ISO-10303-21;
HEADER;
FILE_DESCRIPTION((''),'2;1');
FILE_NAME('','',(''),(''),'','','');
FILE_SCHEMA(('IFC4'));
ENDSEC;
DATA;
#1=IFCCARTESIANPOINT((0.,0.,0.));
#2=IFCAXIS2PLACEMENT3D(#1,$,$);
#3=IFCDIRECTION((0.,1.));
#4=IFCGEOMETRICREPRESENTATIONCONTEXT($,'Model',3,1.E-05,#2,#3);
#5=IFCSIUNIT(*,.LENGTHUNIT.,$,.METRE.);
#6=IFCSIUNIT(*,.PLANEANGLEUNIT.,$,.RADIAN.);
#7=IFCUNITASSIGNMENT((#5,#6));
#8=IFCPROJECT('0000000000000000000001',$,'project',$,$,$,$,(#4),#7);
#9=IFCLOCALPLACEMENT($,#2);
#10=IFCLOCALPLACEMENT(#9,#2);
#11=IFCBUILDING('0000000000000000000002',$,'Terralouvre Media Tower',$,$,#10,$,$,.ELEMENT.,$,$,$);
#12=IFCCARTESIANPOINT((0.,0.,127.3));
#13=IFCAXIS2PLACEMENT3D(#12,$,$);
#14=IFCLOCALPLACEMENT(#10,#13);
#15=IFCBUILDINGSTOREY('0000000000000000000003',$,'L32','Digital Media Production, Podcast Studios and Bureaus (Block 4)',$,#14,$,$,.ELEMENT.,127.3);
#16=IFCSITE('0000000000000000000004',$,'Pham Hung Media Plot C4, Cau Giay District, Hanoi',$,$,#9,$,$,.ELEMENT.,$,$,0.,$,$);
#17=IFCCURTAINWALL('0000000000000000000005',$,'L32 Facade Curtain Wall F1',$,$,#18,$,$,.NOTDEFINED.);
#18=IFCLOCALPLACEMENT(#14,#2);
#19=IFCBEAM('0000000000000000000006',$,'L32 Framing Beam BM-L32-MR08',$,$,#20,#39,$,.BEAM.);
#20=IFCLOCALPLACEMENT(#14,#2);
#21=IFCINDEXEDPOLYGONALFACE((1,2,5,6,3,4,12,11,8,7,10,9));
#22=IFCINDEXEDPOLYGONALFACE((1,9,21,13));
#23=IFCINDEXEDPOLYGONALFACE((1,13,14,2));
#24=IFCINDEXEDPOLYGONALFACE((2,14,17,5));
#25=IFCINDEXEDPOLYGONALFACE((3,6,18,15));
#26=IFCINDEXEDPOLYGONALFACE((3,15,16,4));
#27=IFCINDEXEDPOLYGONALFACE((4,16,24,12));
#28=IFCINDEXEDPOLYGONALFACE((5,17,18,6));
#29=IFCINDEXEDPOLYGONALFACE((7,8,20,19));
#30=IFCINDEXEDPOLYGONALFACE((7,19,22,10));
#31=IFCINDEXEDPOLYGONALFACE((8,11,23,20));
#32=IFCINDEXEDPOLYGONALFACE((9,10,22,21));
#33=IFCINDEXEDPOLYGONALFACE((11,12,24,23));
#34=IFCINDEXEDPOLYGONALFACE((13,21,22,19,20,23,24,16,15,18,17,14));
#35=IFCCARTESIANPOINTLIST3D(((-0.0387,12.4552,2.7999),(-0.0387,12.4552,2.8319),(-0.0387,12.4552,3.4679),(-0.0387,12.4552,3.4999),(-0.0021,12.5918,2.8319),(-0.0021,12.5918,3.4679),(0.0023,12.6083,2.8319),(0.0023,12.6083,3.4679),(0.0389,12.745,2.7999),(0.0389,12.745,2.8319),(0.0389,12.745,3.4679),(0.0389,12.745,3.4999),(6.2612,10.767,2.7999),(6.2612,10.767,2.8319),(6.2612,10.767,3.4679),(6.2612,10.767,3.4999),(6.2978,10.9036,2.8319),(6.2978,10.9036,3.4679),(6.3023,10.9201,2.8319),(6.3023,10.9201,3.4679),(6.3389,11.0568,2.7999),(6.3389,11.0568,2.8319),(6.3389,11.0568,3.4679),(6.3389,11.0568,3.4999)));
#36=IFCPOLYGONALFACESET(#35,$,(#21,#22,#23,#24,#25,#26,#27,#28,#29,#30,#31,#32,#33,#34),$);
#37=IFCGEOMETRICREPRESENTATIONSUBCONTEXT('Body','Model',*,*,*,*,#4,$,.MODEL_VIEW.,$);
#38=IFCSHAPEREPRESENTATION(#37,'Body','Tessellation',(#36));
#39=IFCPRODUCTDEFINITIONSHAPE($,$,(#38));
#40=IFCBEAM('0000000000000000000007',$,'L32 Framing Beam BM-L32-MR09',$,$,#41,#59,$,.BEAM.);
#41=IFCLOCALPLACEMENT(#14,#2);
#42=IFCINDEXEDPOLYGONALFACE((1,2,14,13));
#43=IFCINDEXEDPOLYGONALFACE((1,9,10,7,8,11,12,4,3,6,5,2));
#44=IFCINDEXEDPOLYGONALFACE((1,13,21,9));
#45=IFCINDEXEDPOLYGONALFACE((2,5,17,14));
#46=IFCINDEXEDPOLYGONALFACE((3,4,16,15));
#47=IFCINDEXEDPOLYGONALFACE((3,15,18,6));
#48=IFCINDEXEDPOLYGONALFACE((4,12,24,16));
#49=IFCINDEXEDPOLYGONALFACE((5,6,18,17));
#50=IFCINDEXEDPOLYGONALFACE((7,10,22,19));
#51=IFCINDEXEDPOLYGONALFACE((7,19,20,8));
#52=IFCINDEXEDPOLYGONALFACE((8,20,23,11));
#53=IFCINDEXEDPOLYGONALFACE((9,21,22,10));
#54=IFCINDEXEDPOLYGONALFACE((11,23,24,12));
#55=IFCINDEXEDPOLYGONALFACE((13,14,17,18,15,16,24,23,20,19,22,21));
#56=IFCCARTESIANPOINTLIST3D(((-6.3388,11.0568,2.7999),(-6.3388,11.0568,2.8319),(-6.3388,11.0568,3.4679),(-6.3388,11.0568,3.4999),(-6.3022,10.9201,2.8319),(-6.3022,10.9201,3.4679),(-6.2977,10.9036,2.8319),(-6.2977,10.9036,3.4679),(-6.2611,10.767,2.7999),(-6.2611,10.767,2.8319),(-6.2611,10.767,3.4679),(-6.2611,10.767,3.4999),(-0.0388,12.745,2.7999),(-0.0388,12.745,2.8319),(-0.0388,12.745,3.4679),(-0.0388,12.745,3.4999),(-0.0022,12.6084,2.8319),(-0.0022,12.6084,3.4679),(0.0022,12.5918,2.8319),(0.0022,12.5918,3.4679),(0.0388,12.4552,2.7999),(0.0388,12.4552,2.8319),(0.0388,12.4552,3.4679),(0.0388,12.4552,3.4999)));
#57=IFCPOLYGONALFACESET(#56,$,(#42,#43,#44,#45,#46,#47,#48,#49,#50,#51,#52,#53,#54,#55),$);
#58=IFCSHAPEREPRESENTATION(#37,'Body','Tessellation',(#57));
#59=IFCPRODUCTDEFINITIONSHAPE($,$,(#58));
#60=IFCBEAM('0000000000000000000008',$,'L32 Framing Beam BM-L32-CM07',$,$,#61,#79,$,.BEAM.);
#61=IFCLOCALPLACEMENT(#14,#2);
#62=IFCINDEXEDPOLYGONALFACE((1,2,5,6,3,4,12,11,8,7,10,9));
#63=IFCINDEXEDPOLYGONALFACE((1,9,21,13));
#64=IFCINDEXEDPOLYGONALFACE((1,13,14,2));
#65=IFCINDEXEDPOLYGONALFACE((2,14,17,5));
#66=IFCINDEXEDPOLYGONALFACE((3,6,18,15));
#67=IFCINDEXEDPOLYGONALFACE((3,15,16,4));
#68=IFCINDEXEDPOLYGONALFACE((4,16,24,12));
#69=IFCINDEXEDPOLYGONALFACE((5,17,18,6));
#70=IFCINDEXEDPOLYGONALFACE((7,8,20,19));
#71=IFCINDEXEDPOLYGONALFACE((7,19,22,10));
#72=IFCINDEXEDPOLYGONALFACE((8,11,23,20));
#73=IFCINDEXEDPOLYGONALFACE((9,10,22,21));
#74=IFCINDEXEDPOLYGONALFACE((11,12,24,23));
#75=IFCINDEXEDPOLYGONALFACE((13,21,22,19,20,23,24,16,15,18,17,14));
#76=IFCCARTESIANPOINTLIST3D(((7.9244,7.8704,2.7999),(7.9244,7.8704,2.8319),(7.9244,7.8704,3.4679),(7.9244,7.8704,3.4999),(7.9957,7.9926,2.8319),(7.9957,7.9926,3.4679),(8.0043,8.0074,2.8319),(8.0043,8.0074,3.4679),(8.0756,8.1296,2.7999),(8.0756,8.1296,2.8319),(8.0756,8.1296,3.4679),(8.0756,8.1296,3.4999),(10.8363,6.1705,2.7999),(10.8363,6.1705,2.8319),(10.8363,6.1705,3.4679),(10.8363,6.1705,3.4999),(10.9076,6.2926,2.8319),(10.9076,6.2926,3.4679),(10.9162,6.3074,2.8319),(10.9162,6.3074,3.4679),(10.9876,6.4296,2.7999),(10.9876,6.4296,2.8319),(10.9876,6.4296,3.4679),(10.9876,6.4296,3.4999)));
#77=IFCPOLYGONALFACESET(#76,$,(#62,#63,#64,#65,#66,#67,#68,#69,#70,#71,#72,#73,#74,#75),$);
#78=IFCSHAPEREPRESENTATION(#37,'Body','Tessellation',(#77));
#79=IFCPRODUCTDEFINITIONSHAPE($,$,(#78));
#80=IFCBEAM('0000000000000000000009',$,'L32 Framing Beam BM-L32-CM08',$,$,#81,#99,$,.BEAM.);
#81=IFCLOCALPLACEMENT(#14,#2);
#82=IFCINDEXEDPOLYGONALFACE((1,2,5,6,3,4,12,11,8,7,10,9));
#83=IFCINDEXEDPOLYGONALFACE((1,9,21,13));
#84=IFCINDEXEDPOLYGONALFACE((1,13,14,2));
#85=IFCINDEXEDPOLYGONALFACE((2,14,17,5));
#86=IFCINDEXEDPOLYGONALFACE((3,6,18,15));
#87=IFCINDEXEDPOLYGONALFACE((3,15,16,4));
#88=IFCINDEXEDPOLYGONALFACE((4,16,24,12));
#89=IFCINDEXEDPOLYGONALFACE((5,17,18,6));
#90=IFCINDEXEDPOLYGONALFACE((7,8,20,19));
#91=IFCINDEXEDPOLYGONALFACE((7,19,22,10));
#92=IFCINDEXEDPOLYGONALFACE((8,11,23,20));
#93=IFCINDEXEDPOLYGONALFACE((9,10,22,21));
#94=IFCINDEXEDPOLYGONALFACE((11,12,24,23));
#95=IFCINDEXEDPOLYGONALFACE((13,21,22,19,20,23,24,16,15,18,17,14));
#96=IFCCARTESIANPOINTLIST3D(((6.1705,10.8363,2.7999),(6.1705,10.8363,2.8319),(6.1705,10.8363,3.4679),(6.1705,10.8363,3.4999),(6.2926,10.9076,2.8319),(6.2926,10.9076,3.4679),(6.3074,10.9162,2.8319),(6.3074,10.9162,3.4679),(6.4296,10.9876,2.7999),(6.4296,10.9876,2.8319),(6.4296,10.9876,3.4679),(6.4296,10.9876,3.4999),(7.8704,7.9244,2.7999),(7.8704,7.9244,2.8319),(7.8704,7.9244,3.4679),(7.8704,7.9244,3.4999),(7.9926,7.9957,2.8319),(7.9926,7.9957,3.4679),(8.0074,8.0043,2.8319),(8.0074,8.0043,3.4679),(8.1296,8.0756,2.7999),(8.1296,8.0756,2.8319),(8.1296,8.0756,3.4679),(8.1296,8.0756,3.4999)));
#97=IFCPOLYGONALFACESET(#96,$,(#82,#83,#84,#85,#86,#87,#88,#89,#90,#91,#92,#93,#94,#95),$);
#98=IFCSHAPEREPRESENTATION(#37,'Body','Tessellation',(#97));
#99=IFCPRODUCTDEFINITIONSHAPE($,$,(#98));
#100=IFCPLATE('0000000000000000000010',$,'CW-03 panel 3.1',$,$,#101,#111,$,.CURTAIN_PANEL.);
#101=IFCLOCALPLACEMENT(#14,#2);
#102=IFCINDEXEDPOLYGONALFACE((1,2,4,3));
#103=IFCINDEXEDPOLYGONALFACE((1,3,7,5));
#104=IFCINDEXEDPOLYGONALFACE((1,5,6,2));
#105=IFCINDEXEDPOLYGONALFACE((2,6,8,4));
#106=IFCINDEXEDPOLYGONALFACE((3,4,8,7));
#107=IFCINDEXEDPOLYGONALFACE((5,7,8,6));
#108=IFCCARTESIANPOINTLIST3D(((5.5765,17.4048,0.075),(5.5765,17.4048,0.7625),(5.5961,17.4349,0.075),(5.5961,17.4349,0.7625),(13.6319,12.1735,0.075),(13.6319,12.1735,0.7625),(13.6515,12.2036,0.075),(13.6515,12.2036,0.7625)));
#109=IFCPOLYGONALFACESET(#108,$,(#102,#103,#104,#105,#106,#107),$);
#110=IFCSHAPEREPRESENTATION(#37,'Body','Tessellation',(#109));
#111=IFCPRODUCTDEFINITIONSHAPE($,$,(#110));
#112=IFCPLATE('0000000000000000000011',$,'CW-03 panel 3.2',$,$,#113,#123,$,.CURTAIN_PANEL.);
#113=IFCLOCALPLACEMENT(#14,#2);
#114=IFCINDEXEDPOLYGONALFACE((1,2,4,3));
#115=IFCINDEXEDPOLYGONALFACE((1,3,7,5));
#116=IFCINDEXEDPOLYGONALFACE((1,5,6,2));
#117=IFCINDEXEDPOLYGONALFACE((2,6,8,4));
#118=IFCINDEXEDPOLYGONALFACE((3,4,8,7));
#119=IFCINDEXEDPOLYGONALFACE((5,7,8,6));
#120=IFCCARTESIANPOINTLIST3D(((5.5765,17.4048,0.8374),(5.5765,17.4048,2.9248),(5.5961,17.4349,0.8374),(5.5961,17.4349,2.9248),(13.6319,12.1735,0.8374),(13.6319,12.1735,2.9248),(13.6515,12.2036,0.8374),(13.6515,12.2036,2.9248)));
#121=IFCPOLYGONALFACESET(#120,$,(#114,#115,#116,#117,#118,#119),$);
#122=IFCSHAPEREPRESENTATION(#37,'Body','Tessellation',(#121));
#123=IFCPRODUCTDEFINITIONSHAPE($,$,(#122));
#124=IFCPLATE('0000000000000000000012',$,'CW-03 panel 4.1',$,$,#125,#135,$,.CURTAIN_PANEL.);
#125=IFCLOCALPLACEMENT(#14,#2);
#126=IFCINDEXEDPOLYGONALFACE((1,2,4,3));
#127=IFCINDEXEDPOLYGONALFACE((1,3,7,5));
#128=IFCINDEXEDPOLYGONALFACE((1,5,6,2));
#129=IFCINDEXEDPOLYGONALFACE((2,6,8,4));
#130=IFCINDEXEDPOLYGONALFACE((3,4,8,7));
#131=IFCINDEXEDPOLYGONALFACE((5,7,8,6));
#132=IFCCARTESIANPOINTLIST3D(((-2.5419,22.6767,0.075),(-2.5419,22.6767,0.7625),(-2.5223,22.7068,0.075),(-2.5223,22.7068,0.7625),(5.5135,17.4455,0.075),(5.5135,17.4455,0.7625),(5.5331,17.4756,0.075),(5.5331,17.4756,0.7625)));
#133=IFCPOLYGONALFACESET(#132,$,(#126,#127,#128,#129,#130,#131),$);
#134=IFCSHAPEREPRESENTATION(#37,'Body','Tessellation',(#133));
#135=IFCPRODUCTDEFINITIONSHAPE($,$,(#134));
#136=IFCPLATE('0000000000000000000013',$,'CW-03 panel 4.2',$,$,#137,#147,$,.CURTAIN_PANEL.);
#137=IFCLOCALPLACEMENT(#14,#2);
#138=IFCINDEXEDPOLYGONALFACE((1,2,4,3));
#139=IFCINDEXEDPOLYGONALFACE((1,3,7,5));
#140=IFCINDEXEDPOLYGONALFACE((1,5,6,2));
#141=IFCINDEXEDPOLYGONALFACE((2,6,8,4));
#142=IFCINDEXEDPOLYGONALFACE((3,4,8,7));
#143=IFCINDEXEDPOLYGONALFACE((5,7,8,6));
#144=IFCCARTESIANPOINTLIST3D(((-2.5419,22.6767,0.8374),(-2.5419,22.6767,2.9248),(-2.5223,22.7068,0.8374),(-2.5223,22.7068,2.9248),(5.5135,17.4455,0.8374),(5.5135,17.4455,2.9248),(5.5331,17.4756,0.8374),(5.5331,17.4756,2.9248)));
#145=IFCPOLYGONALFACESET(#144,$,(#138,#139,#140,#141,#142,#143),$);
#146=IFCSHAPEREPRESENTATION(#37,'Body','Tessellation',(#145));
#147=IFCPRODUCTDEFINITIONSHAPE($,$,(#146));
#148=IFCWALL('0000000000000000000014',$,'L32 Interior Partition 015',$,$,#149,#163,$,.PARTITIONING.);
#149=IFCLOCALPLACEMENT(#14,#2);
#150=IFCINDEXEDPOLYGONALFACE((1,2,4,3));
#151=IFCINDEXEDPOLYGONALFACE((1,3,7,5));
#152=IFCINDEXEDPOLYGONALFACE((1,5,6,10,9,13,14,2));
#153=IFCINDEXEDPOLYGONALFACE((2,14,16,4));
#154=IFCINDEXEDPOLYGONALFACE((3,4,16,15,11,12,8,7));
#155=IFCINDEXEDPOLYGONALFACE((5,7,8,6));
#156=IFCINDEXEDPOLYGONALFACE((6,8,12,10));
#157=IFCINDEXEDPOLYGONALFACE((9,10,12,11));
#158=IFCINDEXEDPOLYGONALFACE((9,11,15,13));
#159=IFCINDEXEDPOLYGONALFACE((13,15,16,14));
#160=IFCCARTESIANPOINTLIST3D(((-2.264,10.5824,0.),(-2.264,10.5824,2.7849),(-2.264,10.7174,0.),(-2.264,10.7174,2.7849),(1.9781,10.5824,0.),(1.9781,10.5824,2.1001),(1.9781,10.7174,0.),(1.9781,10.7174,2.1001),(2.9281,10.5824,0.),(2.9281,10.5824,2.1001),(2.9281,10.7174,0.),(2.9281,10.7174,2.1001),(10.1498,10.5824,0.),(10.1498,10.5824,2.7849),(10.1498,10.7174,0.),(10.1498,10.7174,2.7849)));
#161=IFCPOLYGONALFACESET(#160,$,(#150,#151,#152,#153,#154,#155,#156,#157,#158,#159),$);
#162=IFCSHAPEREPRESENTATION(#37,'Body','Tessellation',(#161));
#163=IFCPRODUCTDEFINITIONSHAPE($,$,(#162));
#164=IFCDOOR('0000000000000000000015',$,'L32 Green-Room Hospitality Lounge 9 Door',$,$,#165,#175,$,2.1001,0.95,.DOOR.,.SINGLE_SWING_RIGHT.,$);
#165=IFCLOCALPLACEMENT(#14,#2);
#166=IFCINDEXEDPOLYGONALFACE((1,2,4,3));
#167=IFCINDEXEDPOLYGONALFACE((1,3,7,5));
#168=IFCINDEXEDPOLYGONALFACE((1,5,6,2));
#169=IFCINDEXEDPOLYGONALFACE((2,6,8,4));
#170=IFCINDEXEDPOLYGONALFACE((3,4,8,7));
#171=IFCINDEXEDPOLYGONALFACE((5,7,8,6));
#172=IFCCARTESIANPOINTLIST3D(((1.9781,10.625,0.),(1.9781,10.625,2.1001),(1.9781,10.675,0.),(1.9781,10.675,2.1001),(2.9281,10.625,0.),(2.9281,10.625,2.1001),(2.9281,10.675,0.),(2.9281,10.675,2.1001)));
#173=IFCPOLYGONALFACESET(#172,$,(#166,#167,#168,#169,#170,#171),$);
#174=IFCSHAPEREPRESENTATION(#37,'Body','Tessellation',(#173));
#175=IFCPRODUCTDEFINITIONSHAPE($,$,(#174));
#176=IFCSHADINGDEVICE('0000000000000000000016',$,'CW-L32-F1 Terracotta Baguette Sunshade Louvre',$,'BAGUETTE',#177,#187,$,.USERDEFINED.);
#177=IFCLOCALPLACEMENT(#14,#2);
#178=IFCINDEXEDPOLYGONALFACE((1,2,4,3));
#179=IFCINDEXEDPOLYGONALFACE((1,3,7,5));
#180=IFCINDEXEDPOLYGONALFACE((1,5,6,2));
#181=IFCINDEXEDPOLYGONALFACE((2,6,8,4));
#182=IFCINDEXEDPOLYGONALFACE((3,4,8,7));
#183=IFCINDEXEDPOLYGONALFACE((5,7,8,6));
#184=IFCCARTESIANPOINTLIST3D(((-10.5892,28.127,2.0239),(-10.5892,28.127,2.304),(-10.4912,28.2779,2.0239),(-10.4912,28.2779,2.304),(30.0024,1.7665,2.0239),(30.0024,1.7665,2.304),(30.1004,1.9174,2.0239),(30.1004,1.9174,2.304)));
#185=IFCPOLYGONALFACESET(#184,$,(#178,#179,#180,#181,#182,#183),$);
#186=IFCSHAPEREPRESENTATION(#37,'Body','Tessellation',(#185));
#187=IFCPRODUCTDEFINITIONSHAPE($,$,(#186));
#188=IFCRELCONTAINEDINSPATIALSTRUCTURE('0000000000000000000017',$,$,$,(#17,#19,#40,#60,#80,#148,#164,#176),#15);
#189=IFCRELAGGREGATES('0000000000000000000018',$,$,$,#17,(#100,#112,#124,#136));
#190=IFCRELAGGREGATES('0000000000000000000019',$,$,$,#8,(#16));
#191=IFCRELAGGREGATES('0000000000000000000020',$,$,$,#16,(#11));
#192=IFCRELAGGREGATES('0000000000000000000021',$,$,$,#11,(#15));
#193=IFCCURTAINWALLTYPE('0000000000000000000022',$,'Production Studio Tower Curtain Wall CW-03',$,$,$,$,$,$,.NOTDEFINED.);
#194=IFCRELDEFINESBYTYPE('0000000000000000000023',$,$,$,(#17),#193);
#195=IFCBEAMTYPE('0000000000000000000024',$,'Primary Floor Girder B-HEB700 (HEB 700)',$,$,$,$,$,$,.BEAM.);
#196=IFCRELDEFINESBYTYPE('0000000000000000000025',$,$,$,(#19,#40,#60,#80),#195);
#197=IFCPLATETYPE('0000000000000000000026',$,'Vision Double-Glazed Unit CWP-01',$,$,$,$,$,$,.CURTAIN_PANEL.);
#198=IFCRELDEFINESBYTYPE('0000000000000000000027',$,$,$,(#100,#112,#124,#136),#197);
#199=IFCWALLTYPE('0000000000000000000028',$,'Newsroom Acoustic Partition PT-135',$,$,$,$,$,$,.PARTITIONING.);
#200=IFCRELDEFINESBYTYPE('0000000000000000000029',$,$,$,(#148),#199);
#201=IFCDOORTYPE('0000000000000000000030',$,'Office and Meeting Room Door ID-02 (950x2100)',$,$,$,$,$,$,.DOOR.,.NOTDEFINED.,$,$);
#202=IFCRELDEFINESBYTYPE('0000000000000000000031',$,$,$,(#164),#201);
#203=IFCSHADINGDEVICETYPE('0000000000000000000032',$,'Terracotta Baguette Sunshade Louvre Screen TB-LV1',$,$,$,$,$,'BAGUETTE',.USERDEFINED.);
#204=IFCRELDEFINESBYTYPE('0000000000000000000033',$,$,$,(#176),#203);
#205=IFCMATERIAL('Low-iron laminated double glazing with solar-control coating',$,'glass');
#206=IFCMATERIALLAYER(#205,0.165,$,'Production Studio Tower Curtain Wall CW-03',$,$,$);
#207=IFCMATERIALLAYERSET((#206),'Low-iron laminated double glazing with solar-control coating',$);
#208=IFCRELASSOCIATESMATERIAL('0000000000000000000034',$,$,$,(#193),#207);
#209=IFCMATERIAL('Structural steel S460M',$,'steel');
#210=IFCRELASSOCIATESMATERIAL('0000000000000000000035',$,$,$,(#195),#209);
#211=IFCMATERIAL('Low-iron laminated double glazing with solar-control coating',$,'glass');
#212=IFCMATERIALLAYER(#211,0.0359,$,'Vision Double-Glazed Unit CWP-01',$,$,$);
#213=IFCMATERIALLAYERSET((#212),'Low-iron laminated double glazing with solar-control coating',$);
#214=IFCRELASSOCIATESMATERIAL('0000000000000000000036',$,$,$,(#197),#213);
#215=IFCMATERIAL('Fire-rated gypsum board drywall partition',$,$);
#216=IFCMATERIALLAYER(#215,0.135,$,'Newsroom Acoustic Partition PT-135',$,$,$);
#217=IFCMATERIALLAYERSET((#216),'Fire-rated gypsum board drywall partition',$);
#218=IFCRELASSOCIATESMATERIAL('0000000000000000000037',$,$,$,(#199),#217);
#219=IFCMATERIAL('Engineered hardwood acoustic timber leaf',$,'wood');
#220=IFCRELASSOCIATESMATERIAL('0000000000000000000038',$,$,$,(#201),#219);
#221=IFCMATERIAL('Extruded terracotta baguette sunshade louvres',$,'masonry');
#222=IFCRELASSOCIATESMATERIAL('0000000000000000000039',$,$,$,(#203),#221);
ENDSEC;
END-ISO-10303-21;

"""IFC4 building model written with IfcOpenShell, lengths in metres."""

from ifc_helpers import new_model, si_unit, direction, frame, frame_2d, origin, origin_2d, place, context, subcontext, project, spatial, rectangle, i_section, extrude, material, layer, layer_set, material_profile, profile_set, type_object, element, fill, aggregate, save


model = new_model("IFC4")

# Units and contexts
model_context = context("Model", 3, precision=1e-05, world=origin(), true_north=direction((0.0, 1.0)))
body_context = subcontext(model_context, "Body", "Model", "MODEL_VIEW")
ifc_project = project(units=[si_unit("LENGTHUNIT", "METRE"), si_unit("PLANEANGLEUNIT", "RADIAN")], contexts=[model_context])

# Site, building, storey
site_placement = place(None, origin())
site = spatial("IfcSite", under=ifc_project, at=site_placement, Name="Pham Hung Media Plot C4, Cau Giay District, Hanoi", CompositionType="ELEMENT", RefElevation=0.0)
building_placement = place(site_placement, origin())
building = spatial("IfcBuilding", under=site, at=building_placement, Name="Terralouvre Media Tower", CompositionType="ELEMENT")
storey_placement = place(building_placement, frame((0.0, 0.0, 127.3)))
storey = spatial("IfcBuildingStorey", under=building, at=storey_placement, Name="L32", Description="Digital Media Production, Podcast Studios and Bureaus (Block 4)", CompositionType="ELEMENT", Elevation=127.3)

# Curtain wall
ifc_material_1 = material(Name="Low-iron laminated double glazing with solar-control coating", Category="glass")
ifc_layer_1 = layer(ifc_material_1, 0.165, Name="Production Studio Tower Curtain Wall CW-03")
ifc_layer_set_1 = layer_set([ifc_layer_1], Name="Low-iron laminated double glazing with solar-control coating")
curtain_wall_type = type_object("IfcCurtainWallType", Name="Production Studio Tower Curtain Wall CW-03", PredefinedType="NOTDEFINED", material=ifc_layer_set_1)
curtain_wall_placement = place(storey_placement, origin())
curtain_wall = element("IfcCurtainWall", 1, at=curtain_wall_placement, inside=storey, type_object=curtain_wall_type, Name="L32 Facade Curtain Wall F1", PredefinedType="NOTDEFINED")

# Beams
ifc_material_2 = material(Name="Structural steel S460M", Category="steel")
ifc_material_profile_1 = material_profile(ifc_material_2, i_section(OverallWidth=0.3, OverallDepth=0.7, WebThickness=0.0171, FlangeThickness=0.032, at=origin_2d()), Name="HEB 700")
ifc_profile_set_1 = profile_set([ifc_material_profile_1], Name="Structural steel S460M")
beam_type_1 = type_object("IfcBeamType", Name="Primary Floor Girder B-HEB700 (HEB 700)", PredefinedType="BEAM", material=ifc_profile_set_1)
for number, where, z_axis, x_axis, name in (
    (2, (6.3, 10.9119, 3.1499), (-0.96592, 0.258839, 0.0), (-0.258839, -0.96592, 0.0), "L32 Framing Beam BM-L32-MR08"),
    (3, (0.0, 12.6001, 3.1499), (-0.96592, -0.258839, 0.0), (0.258839, -0.96592, 0.0), "L32 Framing Beam BM-L32-MR09"),
):
    element("IfcBeam", number, at=place(storey_placement, frame(where, z_axis=z_axis, x_axis=x_axis)), inside=storey, type_object=beam_type_1, Name=name, PredefinedType="BEAM", context=body_context, shape_type="SweptSolid", body=[
        extrude(i_section(OverallWidth=0.3, OverallDepth=0.7, WebThickness=0.0171, FlangeThickness=0.032, at=origin_2d()), origin(), (0.0, 0.0, 1.0), 6.5222),
    ])
for number, where, z_axis, x_axis, name in (
    (4, (8.0, 8.0, 3.1499), (0.863603, -0.504173, 0.0), (0.504173, 0.863603, 0.0), "L32 Framing Beam BM-L32-CM07"),
    (5, (8.0, 8.0, 3.1499), (-0.504173, 0.863603, 0.0), (-0.863603, -0.504173, 0.0), "L32 Framing Beam BM-L32-CM08"),
):
    element("IfcBeam", number, at=place(storey_placement, frame(where, z_axis=z_axis, x_axis=x_axis)), inside=storey, type_object=beam_type_1, Name=name, PredefinedType="BEAM", context=body_context, shape_type="SweptSolid", body=[
        extrude(i_section(OverallWidth=0.3, OverallDepth=0.7, WebThickness=0.0171, FlangeThickness=0.032, at=origin_2d()), origin(), (0.0, 0.0, 1.0), 3.3718),
    ])

# Plates
ifc_material_3 = material(Name="Low-iron laminated double glazing with solar-control coating", Category="glass")
ifc_layer_2 = layer(ifc_material_3, 0.0359, Name="Vision Double-Glazed Unit CWP-01")
ifc_layer_set_2 = layer_set([ifc_layer_2], Name="Low-iron laminated double glazing with solar-control coating")
plate_type = type_object("IfcPlateType", Name="Vision Double-Glazed Unit CWP-01", PredefinedType="CURTAIN_PANEL", material=ifc_layer_set_2)
plate_1_placement = place(storey_placement, frame((9.614, 14.8042, 0.075), z_axis=(0.0, 0.0, 1.0), x_axis=(-0.838671, 0.544639, 0.0)))
plate_1 = element("IfcPlate", 6, at=plate_1_placement, type_object=plate_type, Name="CW-03 panel 3.1", PredefinedType="CURTAIN_PANEL", context=body_context, shape_type="SweptSolid", body=[
    extrude(rectangle(XDim=9.605, YDim=0.0359, at=origin_2d()), origin(), (0.0, 0.0, 1.0), 0.6875),
])
plate_2_placement = place(storey_placement, frame((9.614, 14.8042, 0.8374), z_axis=(0.0, 0.0, 1.0), x_axis=(-0.838671, 0.544639, 0.0)))
plate_2 = element("IfcPlate", 7, at=plate_2_placement, type_object=plate_type, Name="CW-03 panel 3.2", PredefinedType="CURTAIN_PANEL", context=body_context, shape_type="SweptSolid", body=[
    extrude(rectangle(XDim=9.605, YDim=0.0359, at=origin_2d()), origin(), (0.0, 0.0, 1.0), 2.0874),
])
plate_3_placement = place(storey_placement, frame((1.4956, 20.0762, 0.075), z_axis=(0.0, 0.0, 1.0), x_axis=(-0.838671, 0.544639, 0.0)))
plate_3 = element("IfcPlate", 8, at=plate_3_placement, type_object=plate_type, Name="CW-03 panel 4.1", PredefinedType="CURTAIN_PANEL", context=body_context, shape_type="SweptSolid", body=[
    extrude(rectangle(XDim=9.605, YDim=0.0359, at=origin_2d()), origin(), (0.0, 0.0, 1.0), 0.6875),
])
plate_4_placement = place(storey_placement, frame((1.4956, 20.0762, 0.8374), z_axis=(0.0, 0.0, 1.0), x_axis=(-0.838671, 0.544639, 0.0)))
plate_4 = element("IfcPlate", 9, at=plate_4_placement, type_object=plate_type, Name="CW-03 panel 4.2", PredefinedType="CURTAIN_PANEL", context=body_context, shape_type="SweptSolid", body=[
    extrude(rectangle(XDim=9.605, YDim=0.0359, at=origin_2d()), origin(), (0.0, 0.0, 1.0), 2.0874),
])
aggregate(curtain_wall, [plate_1, plate_2, plate_3, plate_4])

# Wall, opening, door
ifc_material_4 = material(Name="Fire-rated gypsum board drywall partition")
ifc_layer_3 = layer(ifc_material_4, 0.135, Name="Newsroom Acoustic Partition PT-135")
ifc_layer_set_3 = layer_set([ifc_layer_3], Name="Fire-rated gypsum board drywall partition")
wall_type = type_object("IfcWallType", Name="Newsroom Acoustic Partition PT-135", PredefinedType="PARTITIONING", material=ifc_layer_set_3)
wall_placement = place(storey_placement, frame((10.1499, 10.6499, 0.0), z_axis=(0.0, 0.0, 1.0), x_axis=(-1.0, 0.0, 0.0)))
wall = element("IfcWall", 10, at=wall_placement, inside=storey, type_object=wall_type, Name="L32 Interior Partition 015", PredefinedType="PARTITIONING", context=body_context, shape_type="SweptSolid", body=[
    extrude(rectangle(XDim=12.4138, YDim=0.135, at=frame_2d((6.207, 0.0))), origin(), (0.0, 0.0, 1.0), 2.7849),
])
opening_placement = place(wall_placement, frame((7.2217, 0.0, 0.0)))
opening = element("IfcOpeningElement", 11, at=opening_placement, cuts=wall, PredefinedType="OPENING", context=body_context, shape_type="SweptSolid", body=[
    extrude(rectangle(XDim=0.95, YDim=2.1001, at=frame_2d((0.4751, 1.05))), frame((0.0, 0.0774, 0.0), z_axis=(0.0, -1.0, 0.0), x_axis=(1.0, 0.0, 0.0)), (0.0, 0.0, 1.0), 0.155),
])
ifc_material_5 = material(Name="Engineered hardwood acoustic timber leaf", Category="wood")
door_type = type_object("IfcDoorType", Name="Office and Meeting Room Door ID-02 (950x2100)", OperationType="NOTDEFINED", PredefinedType="DOOR", material=ifc_material_5)
door_placement = place(opening_placement, origin())
door = element("IfcDoor", 12, at=door_placement, inside=storey, type_object=door_type, Name="L32 Green-Room Hospitality Lounge 9 Door", OperationType="SINGLE_SWING_RIGHT", OverallHeight=2.1001, OverallWidth=0.95, PredefinedType="DOOR", context=body_context, shape_type="SweptSolid", body=[
    extrude(rectangle(XDim=0.95, YDim=2.1001, at=frame_2d((0.4751, 1.05))), frame((0.0, 0.0249, 0.0), z_axis=(0.0, -1.0, 0.0), x_axis=(1.0, 0.0, 0.0)), (0.0, 0.0, 1.0), 0.05),
])
fill(opening, door)

# Shading device
ifc_material_6 = material(Name="Extruded terracotta baguette sunshade louvres", Category="masonry")
shading_device_type = type_object("IfcShadingDeviceType", Name="Terracotta Baguette Sunshade Louvre Screen TB-LV1", ElementType="BAGUETTE", PredefinedType="USERDEFINED", material=ifc_material_6)
shading_device_placement = place(storey_placement, frame((9.7556, 15.0222, 2.0239), z_axis=(0.0, 0.0, 1.0), x_axis=(-0.838671, 0.544639, 0.0)))
element("IfcShadingDevice", 13, at=shading_device_placement, inside=storey, type_object=shading_device_type, Name="CW-L32-F1 Terracotta Baguette Sunshade Louvre", ObjectType="BAGUETTE", PredefinedType="USERDEFINED", context=body_context, shape_type="SweptSolid", body=[
    extrude(rectangle(XDim=48.3999, YDim=0.1799, at=origin_2d()), origin(), (0.0, 0.0, 1.0), 0.28),
])

save(model, "model.ifc")
